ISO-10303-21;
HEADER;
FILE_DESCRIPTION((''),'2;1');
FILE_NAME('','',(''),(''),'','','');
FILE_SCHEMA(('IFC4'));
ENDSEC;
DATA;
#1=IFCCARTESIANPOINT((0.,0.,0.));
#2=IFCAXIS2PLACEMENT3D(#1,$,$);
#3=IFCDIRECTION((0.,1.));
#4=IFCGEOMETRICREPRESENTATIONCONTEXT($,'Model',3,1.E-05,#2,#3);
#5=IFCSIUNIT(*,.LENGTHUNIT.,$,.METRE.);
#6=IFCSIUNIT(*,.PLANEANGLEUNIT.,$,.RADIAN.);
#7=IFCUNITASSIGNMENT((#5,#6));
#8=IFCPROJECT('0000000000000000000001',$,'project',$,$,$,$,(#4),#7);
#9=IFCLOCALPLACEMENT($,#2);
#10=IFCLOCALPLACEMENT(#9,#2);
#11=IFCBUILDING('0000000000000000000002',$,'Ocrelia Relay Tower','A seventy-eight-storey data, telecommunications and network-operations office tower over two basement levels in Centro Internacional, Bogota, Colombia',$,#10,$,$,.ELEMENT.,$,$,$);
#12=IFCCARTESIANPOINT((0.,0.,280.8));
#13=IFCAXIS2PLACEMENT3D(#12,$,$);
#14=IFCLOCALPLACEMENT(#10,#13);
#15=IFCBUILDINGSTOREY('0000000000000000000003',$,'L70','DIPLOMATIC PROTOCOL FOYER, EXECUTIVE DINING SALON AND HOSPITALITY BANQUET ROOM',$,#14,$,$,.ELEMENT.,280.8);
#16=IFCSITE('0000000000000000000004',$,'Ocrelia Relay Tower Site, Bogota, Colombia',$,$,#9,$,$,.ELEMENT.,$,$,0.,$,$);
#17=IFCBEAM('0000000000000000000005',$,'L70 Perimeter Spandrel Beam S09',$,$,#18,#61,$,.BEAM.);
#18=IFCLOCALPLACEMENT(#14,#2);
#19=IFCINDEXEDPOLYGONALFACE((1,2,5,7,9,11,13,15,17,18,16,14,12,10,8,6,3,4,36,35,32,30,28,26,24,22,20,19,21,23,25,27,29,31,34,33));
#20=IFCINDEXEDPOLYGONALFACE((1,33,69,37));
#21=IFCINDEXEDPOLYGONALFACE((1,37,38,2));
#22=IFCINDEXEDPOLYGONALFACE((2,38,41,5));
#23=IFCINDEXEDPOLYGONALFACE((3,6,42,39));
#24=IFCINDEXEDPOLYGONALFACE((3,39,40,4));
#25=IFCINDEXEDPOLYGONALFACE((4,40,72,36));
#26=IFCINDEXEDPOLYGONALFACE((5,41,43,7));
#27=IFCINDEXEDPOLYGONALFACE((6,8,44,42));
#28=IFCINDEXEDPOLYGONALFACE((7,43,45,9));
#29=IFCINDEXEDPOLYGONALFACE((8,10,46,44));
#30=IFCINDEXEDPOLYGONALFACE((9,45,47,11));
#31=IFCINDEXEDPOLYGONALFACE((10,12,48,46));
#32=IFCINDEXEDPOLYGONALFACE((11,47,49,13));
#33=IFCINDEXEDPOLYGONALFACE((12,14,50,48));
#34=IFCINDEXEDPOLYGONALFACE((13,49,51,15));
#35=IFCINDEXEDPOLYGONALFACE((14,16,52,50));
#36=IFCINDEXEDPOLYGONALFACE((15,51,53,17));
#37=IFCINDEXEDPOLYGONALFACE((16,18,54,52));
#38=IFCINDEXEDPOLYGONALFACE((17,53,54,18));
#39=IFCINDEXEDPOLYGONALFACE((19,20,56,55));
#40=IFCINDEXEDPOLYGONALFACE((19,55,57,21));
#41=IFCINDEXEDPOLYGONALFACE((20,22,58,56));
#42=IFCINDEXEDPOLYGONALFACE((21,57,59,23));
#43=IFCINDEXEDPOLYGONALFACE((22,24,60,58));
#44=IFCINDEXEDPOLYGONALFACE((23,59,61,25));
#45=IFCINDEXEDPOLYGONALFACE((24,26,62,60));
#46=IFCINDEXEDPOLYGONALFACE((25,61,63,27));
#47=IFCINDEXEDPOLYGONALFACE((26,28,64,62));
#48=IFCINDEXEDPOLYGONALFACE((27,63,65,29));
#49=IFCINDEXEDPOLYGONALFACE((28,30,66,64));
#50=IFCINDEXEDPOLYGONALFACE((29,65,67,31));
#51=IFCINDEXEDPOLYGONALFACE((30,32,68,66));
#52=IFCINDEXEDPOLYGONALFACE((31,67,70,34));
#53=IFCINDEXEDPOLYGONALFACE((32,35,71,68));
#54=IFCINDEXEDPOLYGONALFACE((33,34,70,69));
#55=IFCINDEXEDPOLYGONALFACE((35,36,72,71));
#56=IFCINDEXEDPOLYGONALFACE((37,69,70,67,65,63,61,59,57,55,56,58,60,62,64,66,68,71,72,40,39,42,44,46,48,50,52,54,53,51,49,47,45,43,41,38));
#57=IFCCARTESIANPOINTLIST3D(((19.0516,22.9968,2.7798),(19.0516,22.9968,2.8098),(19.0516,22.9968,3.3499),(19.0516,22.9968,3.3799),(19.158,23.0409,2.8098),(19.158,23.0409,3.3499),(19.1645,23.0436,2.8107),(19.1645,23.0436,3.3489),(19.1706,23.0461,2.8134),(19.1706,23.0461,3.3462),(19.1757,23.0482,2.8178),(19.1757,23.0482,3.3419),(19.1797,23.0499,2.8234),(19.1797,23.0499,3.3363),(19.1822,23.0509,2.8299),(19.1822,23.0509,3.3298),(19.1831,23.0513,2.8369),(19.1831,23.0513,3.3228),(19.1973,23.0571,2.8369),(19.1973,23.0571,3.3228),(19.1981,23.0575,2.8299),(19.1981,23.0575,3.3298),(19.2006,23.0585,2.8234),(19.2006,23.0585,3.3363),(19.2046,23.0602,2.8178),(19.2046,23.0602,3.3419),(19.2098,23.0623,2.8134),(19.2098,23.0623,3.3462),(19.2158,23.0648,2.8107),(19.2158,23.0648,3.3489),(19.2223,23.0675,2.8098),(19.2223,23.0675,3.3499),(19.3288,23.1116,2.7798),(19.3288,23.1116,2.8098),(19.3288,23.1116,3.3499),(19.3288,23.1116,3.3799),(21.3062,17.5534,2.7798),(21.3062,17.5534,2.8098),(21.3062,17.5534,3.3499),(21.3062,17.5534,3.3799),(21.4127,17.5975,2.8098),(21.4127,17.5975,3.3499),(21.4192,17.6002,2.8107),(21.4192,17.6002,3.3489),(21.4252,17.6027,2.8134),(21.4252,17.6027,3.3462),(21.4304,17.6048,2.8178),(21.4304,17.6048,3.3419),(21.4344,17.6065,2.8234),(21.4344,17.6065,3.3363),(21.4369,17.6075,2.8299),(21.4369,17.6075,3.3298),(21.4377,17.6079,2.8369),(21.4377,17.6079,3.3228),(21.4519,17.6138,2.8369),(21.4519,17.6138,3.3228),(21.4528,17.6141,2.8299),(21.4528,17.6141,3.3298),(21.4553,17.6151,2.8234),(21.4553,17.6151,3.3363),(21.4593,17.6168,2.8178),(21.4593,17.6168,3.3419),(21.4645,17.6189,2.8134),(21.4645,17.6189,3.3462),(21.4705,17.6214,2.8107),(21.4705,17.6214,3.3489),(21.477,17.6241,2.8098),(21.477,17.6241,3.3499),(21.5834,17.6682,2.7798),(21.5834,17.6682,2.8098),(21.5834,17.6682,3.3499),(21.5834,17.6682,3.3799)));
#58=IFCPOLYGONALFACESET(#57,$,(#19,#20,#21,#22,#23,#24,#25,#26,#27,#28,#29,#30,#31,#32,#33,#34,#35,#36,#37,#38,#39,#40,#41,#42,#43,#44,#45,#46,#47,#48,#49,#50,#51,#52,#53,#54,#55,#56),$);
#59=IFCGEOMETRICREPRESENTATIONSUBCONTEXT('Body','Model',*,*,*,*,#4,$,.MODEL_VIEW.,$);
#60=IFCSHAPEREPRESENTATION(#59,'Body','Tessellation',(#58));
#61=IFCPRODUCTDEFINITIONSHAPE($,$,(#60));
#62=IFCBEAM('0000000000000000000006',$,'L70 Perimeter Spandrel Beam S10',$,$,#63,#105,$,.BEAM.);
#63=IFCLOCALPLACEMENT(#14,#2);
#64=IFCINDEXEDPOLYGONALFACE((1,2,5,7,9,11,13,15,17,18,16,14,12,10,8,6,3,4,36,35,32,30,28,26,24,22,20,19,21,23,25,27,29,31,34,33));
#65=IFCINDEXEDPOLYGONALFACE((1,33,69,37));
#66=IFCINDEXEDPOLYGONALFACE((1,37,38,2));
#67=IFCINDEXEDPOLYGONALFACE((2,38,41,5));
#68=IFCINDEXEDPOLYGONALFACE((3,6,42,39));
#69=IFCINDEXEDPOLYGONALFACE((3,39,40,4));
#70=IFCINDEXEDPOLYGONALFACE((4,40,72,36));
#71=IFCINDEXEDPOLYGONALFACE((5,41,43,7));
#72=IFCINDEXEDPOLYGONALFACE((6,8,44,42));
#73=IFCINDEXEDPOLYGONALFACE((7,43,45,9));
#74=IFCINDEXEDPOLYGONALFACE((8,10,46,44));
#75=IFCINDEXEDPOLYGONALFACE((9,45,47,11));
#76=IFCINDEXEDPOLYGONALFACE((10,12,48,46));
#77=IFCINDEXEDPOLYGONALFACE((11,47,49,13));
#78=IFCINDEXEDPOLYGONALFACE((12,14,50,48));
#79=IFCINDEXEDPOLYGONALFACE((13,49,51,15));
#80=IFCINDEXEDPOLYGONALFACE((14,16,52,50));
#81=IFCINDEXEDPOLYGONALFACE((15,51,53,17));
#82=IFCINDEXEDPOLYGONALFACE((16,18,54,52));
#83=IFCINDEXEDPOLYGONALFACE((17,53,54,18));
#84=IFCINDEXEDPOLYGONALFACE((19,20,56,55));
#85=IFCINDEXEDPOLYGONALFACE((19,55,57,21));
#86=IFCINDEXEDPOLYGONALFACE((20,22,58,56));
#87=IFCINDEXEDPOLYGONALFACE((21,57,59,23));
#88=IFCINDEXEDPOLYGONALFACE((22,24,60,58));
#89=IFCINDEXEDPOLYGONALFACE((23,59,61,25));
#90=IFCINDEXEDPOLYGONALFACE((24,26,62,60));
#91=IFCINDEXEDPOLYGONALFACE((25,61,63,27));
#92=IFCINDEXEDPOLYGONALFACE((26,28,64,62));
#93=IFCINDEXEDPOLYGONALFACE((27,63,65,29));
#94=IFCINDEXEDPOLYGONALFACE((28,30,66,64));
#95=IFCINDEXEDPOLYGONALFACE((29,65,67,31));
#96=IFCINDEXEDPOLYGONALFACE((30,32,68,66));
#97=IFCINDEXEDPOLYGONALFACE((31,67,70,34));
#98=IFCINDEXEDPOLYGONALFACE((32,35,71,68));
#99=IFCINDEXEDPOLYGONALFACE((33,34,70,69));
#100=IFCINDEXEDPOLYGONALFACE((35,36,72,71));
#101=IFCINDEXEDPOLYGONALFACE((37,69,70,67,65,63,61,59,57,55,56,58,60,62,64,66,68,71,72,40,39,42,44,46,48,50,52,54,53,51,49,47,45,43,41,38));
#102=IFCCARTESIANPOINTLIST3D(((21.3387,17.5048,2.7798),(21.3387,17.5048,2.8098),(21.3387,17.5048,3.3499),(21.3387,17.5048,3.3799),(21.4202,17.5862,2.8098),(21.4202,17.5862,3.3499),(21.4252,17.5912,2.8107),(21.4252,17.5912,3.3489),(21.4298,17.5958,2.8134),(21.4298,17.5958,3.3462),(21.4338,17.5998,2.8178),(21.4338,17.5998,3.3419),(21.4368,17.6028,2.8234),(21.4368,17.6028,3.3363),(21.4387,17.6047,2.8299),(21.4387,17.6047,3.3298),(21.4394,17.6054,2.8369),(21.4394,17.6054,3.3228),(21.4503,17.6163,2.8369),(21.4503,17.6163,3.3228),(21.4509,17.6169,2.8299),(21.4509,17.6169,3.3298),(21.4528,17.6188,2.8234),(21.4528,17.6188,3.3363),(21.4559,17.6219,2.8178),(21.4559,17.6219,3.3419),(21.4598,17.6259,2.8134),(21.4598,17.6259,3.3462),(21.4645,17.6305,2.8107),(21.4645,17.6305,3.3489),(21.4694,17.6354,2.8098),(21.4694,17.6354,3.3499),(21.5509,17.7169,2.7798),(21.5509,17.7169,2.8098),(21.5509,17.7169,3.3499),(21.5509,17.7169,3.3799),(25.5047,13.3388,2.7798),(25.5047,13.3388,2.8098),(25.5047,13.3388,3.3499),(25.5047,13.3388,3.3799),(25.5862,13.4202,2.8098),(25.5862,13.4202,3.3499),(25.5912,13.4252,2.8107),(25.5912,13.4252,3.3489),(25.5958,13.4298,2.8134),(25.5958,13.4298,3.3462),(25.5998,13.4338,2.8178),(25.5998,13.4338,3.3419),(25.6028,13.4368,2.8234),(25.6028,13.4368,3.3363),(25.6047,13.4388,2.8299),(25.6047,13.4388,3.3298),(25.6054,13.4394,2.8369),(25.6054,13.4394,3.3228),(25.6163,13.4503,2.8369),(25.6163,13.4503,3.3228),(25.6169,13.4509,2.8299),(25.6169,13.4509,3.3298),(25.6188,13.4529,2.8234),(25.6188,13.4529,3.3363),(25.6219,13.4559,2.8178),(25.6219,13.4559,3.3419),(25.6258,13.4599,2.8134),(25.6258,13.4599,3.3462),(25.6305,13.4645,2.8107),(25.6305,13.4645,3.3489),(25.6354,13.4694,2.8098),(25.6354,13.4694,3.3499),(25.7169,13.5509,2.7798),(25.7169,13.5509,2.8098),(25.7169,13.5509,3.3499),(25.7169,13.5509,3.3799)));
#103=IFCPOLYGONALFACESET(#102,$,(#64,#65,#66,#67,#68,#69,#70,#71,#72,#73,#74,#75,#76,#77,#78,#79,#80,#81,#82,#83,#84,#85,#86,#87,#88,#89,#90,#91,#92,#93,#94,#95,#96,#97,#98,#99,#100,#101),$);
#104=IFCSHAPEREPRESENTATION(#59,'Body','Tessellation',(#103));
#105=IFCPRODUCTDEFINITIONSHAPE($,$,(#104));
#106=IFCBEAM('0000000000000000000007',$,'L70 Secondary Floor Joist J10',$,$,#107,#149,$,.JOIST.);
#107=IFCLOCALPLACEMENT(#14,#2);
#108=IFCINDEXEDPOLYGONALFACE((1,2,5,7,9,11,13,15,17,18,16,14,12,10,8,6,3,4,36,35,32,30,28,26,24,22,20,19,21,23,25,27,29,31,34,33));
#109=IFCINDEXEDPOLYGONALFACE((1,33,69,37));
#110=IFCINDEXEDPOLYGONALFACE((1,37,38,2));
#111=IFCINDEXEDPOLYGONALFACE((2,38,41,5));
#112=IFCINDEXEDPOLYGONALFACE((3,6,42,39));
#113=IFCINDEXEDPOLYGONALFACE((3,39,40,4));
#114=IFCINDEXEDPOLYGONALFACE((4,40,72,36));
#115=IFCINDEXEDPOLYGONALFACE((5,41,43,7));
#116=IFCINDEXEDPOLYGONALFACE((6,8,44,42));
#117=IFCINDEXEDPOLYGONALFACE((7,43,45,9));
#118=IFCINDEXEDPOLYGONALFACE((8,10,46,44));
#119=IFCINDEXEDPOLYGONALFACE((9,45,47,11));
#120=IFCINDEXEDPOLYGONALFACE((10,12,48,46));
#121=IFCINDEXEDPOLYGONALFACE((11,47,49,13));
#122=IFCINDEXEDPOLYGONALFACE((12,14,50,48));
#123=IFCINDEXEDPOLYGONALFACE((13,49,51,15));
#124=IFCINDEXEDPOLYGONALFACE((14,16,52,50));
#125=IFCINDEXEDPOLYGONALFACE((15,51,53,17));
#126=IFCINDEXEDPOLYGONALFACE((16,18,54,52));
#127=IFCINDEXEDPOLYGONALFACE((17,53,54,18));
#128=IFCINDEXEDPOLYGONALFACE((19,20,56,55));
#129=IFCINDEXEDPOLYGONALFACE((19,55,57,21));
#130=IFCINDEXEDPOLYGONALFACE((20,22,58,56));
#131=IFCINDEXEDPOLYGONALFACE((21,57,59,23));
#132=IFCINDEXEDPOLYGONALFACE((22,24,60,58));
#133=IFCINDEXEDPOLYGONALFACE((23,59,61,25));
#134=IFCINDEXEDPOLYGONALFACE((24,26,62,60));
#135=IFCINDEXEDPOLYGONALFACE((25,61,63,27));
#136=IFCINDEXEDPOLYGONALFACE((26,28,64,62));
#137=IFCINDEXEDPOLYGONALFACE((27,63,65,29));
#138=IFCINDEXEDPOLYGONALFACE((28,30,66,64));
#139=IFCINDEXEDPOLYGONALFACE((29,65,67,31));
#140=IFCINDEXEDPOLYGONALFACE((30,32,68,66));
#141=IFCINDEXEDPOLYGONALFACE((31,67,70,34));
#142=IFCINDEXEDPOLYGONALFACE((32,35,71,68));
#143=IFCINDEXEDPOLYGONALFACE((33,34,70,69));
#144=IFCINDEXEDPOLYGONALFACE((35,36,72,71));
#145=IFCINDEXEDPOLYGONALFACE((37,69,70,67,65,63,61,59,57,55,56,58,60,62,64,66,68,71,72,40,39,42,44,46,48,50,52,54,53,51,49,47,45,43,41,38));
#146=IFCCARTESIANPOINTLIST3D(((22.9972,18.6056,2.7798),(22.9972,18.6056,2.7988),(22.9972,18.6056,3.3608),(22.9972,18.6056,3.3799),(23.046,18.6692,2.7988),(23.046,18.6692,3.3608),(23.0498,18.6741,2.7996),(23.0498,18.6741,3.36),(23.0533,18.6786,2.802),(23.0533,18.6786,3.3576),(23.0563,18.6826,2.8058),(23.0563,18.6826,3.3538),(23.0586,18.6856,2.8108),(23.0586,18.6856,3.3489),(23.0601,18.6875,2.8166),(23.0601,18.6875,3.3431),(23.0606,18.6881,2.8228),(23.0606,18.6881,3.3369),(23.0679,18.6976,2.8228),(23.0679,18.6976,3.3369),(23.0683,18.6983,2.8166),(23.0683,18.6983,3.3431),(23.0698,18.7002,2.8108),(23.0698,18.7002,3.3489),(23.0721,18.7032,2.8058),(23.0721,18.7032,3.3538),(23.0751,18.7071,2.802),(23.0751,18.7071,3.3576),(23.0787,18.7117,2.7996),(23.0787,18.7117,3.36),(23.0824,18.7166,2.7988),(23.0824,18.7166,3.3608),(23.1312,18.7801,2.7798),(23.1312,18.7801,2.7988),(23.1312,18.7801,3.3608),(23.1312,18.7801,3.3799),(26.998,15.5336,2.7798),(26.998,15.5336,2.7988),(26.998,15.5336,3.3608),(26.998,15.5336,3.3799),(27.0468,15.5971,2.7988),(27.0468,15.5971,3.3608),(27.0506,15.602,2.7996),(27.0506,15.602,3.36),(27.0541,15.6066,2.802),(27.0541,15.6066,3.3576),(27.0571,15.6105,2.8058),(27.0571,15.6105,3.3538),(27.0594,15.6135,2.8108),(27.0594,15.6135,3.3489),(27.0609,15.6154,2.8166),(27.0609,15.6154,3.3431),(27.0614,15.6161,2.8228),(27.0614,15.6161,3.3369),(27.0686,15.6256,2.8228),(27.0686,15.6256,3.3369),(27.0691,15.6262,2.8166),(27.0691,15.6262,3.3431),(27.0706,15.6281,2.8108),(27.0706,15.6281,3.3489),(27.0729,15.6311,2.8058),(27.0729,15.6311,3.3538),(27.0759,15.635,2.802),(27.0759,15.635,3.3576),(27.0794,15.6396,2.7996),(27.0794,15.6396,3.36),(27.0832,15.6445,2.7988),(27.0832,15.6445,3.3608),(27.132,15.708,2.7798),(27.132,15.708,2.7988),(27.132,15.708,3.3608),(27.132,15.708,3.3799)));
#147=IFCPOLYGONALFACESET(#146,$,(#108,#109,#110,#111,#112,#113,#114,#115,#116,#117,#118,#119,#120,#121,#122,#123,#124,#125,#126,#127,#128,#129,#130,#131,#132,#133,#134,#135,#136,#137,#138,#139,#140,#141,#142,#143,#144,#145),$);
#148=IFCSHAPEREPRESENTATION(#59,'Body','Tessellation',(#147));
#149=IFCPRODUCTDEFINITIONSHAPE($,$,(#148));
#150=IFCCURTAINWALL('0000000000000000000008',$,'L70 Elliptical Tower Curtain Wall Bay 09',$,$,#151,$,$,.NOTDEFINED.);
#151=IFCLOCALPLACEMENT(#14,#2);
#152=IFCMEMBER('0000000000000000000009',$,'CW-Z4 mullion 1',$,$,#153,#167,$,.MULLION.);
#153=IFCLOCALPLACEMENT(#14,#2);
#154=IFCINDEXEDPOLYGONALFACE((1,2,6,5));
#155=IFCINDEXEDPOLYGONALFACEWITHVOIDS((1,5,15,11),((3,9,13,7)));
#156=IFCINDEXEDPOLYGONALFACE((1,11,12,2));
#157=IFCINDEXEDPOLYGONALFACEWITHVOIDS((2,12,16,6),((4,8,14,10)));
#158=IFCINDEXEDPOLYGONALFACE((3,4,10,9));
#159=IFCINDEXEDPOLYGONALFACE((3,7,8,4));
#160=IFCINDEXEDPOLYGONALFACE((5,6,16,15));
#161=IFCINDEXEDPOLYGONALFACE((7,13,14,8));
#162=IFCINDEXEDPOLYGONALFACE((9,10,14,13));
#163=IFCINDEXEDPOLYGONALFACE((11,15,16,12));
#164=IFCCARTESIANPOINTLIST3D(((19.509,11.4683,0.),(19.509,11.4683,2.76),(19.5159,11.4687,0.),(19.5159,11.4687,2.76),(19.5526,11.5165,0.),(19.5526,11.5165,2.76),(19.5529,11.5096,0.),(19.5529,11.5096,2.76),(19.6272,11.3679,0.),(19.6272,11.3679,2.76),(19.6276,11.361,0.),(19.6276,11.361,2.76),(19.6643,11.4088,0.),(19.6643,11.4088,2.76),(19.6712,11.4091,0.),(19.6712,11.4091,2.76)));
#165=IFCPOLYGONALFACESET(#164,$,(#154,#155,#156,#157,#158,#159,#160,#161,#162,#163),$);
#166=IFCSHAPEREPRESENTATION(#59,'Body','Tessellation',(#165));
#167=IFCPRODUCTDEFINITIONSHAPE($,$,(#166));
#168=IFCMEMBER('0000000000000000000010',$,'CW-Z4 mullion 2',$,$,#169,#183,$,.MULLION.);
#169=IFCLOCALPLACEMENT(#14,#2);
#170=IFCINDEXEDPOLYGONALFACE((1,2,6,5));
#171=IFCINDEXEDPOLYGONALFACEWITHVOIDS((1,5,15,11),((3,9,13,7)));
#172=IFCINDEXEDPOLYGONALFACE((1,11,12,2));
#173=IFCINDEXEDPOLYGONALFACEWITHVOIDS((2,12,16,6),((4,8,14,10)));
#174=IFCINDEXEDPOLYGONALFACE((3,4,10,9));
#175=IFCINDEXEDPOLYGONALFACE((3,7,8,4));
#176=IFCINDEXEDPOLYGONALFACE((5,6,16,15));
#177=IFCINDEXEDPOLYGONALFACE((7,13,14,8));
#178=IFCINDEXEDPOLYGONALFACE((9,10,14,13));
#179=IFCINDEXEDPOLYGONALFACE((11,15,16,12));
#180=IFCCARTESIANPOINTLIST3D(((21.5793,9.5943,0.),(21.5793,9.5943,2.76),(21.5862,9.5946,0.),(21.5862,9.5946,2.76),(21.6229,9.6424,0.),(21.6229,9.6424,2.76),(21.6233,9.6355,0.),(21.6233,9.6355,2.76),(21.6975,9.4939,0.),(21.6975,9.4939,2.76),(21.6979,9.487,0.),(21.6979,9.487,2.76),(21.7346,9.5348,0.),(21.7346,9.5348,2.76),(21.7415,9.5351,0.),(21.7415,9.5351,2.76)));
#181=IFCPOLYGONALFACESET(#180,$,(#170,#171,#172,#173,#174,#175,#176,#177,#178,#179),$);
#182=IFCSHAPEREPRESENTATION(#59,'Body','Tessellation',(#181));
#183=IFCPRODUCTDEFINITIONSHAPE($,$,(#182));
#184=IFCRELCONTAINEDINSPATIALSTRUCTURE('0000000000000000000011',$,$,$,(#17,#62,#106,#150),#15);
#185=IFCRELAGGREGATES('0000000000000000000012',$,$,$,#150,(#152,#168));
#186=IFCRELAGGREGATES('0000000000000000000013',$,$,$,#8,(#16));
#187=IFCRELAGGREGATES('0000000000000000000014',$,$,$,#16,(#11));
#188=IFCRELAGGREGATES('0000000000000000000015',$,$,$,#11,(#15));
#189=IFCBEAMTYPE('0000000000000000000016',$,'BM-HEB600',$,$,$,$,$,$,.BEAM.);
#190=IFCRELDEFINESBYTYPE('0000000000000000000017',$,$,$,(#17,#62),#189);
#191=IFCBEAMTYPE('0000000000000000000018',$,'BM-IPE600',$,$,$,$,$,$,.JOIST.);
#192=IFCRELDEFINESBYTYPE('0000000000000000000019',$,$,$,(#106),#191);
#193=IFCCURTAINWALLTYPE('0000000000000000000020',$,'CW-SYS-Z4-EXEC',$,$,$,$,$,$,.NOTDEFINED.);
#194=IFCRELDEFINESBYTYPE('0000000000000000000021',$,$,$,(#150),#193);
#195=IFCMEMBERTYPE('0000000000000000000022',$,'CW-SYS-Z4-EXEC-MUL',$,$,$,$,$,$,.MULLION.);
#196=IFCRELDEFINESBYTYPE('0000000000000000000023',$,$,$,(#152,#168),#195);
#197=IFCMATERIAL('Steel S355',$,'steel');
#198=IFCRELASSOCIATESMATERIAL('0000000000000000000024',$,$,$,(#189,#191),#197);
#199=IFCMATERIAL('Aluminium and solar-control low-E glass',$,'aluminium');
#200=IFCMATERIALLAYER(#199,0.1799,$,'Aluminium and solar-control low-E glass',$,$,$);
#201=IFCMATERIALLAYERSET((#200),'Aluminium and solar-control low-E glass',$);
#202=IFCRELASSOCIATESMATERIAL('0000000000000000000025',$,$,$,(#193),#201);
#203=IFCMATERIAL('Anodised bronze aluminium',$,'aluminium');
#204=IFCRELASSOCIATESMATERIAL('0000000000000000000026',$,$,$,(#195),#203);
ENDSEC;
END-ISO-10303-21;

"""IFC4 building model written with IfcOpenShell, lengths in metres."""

from ifc_helpers import new_model, si_unit, direction, frame, origin, origin_2d, place, context, subcontext, project, spatial, hollow_rectangle, i_section, extrude, material, layer, layer_set, material_profile, profile_set, type_object, element, aggregate, save


model = new_model("IFC4")

# Units and contexts
model_context = context("Model", 3, precision=1e-05, world=origin(), true_north=direction((0.0, 1.0)))
body_context = subcontext(model_context, "Body", "Model", "MODEL_VIEW")
ifc_project = project(units=[si_unit("LENGTHUNIT", "METRE"), si_unit("PLANEANGLEUNIT", "RADIAN")], contexts=[model_context])

# Site, building, storey
site_placement = place(None, origin())
site = spatial("IfcSite", under=ifc_project, at=site_placement, Name="Ocrelia Relay Tower Site, Bogota, Colombia", CompositionType="ELEMENT", RefElevation=0.0)
building_placement = place(site_placement, origin())
building = spatial("IfcBuilding", under=site, at=building_placement, Name="Ocrelia Relay Tower", Description="A seventy-eight-storey data, telecommunications and network-operations office tower over two basement levels in Centro Internacional, Bogota, Colombia", CompositionType="ELEMENT")
storey_placement = place(building_placement, frame((0.0, 0.0, 280.8)))
storey = spatial("IfcBuildingStorey", under=building, at=storey_placement, Name="L70", Description="DIPLOMATIC PROTOCOL FOYER, EXECUTIVE DINING SALON AND HOSPITALITY BANQUET ROOM", CompositionType="ELEMENT", Elevation=280.8)

# Beams
ifc_material_1 = material(Name="Steel S355", Category="steel")
ifc_material_profile_1 = material_profile(ifc_material_1, i_section(OverallWidth=0.3, OverallDepth=0.6001, WebThickness=0.0154, FlangeThickness=0.03, FilletRadius=0.0271, at=origin_2d()), Name="HEB 600")
ifc_profile_set_1 = profile_set([ifc_material_profile_1], Name="Steel S355")
beam_type_1 = type_object("IfcBeamType", Name="BM-HEB600", PredefinedType="BEAM", material=ifc_profile_set_1)
beam_1_placement = place(storey_placement, frame((19.1902, 23.0542, 3.0798), z_axis=(0.382673, -0.923884, 0.0), x_axis=(0.923884, 0.382673, 0.0)))
element("IfcBeam", 1, at=beam_1_placement, inside=storey, type_object=beam_type_1, Name="L70 Perimeter Spandrel Beam S09", PredefinedType="BEAM", context=body_context, shape_type="SweptSolid", body=[
    extrude(i_section(OverallWidth=0.3, OverallDepth=0.6001, WebThickness=0.0154, FlangeThickness=0.03, FilletRadius=0.0271, at=origin_2d()), origin(), (0.0, 0.0, 1.0), 5.8918),
])
beam_2_placement = place(storey_placement, frame((21.4448, 17.6108, 3.0798), z_axis=(0.707107, -0.707107, 0.0), x_axis=(0.707107, 0.707107, 0.0)))
element("IfcBeam", 2, at=beam_2_placement, inside=storey, type_object=beam_type_1, Name="L70 Perimeter Spandrel Beam S10", PredefinedType="BEAM", context=body_context, shape_type="SweptSolid", body=[
    extrude(i_section(OverallWidth=0.3, OverallDepth=0.6001, WebThickness=0.0154, FlangeThickness=0.03, FilletRadius=0.0271, at=origin_2d()), origin(), (0.0, 0.0, 1.0), 5.8916),
])
ifc_material_profile_2 = material_profile(ifc_material_1, i_section(OverallWidth=0.22, OverallDepth=0.6001, WebThickness=0.012, FlangeThickness=0.019, FilletRadius=0.0239, at=origin_2d()), Name="IPE 600")
ifc_profile_set_2 = profile_set([ifc_material_profile_2], Name="Steel S355")
beam_type_2 = type_object("IfcBeamType", Name="BM-IPE600", PredefinedType="JOIST", material=ifc_profile_set_2)
beam_3_placement = place(storey_placement, frame((23.0642, 18.6929, 3.0798), z_axis=(0.793147, -0.60903, 0.0), x_axis=(0.60903, 0.793147, 0.0)))
element("IfcBeam", 3, at=beam_3_placement, inside=storey, type_object=beam_type_2, Name="L70 Secondary Floor Joist J10", PredefinedType="JOIST", context=body_context, shape_type="SweptSolid", body=[
    extrude(i_section(OverallWidth=0.22, OverallDepth=0.6001, WebThickness=0.012, FlangeThickness=0.019, FilletRadius=0.0239, at=origin_2d()), origin(), (0.0, 0.0, 1.0), 5.0442),
])

# Curtain wall, members
ifc_material_2 = material(Name="Aluminium and solar-control low-E glass", Category="aluminium")
ifc_layer_1 = layer(ifc_material_2, 0.1799, Name="Aluminium and solar-control low-E glass")
ifc_layer_set_1 = layer_set([ifc_layer_1], Name="Aluminium and solar-control low-E glass")
curtain_wall_type = type_object("IfcCurtainWallType", Name="CW-SYS-Z4-EXEC", PredefinedType="NOTDEFINED", material=ifc_layer_set_1)
curtain_wall_placement = place(storey_placement, origin())
curtain_wall = element("IfcCurtainWall", 4, at=curtain_wall_placement, inside=storey, type_object=curtain_wall_type, Name="L70 Elliptical Tower Curtain Wall Bay 09", PredefinedType="NOTDEFINED")
ifc_material_3 = material(Name="Anodised bronze aluminium", Category="aluminium")
ifc_material_profile_3 = material_profile(ifc_material_3, hollow_rectangle(XDim=0.0649, YDim=0.1599, WallThickness=0.0049, at=origin_2d()), Name="CW-MUL-160x65")
ifc_profile_set_3 = profile_set([ifc_material_profile_3], Name="Anodised bronze aluminium")
member_type_1 = type_object("IfcMemberType", Name="CW-SYS-Z4-EXEC-MUL", PredefinedType="MULLION", material=ifc_profile_set_3)
member_1_placement = place(storey_placement, frame((19.5901, 11.4387, 0.0), z_axis=(0.0, 0.0, 1.0), x_axis=(0.671112, 0.741356, 0.0)))
member_1 = element("IfcMember", 5, at=member_1_placement, type_object=member_type_1, Name="CW-Z4 mullion 1", PredefinedType="MULLION", context=body_context, shape_type="SweptSolid", body=[
    extrude(hollow_rectangle(XDim=0.0649, YDim=0.1599, WallThickness=0.0049, at=origin_2d()), origin(), (0.0, 0.0, 1.0), 2.76),
])
member_2_placement = place(storey_placement, frame((21.6604, 9.5647, 0.0), z_axis=(0.0, 0.0, 1.0), x_axis=(0.671112, 0.741356, 0.0)))
member_2 = element("IfcMember", 6, at=member_2_placement, type_object=member_type_1, Name="CW-Z4 mullion 2", PredefinedType="MULLION", context=body_context, shape_type="SweptSolid", body=[
    extrude(hollow_rectangle(XDim=0.0649, YDim=0.1599, WallThickness=0.0049, at=origin_2d()), origin(), (0.0, 0.0, 1.0), 2.76),
])
aggregate(curtain_wall, [member_1, member_2])

save(model, "model.ifc")
